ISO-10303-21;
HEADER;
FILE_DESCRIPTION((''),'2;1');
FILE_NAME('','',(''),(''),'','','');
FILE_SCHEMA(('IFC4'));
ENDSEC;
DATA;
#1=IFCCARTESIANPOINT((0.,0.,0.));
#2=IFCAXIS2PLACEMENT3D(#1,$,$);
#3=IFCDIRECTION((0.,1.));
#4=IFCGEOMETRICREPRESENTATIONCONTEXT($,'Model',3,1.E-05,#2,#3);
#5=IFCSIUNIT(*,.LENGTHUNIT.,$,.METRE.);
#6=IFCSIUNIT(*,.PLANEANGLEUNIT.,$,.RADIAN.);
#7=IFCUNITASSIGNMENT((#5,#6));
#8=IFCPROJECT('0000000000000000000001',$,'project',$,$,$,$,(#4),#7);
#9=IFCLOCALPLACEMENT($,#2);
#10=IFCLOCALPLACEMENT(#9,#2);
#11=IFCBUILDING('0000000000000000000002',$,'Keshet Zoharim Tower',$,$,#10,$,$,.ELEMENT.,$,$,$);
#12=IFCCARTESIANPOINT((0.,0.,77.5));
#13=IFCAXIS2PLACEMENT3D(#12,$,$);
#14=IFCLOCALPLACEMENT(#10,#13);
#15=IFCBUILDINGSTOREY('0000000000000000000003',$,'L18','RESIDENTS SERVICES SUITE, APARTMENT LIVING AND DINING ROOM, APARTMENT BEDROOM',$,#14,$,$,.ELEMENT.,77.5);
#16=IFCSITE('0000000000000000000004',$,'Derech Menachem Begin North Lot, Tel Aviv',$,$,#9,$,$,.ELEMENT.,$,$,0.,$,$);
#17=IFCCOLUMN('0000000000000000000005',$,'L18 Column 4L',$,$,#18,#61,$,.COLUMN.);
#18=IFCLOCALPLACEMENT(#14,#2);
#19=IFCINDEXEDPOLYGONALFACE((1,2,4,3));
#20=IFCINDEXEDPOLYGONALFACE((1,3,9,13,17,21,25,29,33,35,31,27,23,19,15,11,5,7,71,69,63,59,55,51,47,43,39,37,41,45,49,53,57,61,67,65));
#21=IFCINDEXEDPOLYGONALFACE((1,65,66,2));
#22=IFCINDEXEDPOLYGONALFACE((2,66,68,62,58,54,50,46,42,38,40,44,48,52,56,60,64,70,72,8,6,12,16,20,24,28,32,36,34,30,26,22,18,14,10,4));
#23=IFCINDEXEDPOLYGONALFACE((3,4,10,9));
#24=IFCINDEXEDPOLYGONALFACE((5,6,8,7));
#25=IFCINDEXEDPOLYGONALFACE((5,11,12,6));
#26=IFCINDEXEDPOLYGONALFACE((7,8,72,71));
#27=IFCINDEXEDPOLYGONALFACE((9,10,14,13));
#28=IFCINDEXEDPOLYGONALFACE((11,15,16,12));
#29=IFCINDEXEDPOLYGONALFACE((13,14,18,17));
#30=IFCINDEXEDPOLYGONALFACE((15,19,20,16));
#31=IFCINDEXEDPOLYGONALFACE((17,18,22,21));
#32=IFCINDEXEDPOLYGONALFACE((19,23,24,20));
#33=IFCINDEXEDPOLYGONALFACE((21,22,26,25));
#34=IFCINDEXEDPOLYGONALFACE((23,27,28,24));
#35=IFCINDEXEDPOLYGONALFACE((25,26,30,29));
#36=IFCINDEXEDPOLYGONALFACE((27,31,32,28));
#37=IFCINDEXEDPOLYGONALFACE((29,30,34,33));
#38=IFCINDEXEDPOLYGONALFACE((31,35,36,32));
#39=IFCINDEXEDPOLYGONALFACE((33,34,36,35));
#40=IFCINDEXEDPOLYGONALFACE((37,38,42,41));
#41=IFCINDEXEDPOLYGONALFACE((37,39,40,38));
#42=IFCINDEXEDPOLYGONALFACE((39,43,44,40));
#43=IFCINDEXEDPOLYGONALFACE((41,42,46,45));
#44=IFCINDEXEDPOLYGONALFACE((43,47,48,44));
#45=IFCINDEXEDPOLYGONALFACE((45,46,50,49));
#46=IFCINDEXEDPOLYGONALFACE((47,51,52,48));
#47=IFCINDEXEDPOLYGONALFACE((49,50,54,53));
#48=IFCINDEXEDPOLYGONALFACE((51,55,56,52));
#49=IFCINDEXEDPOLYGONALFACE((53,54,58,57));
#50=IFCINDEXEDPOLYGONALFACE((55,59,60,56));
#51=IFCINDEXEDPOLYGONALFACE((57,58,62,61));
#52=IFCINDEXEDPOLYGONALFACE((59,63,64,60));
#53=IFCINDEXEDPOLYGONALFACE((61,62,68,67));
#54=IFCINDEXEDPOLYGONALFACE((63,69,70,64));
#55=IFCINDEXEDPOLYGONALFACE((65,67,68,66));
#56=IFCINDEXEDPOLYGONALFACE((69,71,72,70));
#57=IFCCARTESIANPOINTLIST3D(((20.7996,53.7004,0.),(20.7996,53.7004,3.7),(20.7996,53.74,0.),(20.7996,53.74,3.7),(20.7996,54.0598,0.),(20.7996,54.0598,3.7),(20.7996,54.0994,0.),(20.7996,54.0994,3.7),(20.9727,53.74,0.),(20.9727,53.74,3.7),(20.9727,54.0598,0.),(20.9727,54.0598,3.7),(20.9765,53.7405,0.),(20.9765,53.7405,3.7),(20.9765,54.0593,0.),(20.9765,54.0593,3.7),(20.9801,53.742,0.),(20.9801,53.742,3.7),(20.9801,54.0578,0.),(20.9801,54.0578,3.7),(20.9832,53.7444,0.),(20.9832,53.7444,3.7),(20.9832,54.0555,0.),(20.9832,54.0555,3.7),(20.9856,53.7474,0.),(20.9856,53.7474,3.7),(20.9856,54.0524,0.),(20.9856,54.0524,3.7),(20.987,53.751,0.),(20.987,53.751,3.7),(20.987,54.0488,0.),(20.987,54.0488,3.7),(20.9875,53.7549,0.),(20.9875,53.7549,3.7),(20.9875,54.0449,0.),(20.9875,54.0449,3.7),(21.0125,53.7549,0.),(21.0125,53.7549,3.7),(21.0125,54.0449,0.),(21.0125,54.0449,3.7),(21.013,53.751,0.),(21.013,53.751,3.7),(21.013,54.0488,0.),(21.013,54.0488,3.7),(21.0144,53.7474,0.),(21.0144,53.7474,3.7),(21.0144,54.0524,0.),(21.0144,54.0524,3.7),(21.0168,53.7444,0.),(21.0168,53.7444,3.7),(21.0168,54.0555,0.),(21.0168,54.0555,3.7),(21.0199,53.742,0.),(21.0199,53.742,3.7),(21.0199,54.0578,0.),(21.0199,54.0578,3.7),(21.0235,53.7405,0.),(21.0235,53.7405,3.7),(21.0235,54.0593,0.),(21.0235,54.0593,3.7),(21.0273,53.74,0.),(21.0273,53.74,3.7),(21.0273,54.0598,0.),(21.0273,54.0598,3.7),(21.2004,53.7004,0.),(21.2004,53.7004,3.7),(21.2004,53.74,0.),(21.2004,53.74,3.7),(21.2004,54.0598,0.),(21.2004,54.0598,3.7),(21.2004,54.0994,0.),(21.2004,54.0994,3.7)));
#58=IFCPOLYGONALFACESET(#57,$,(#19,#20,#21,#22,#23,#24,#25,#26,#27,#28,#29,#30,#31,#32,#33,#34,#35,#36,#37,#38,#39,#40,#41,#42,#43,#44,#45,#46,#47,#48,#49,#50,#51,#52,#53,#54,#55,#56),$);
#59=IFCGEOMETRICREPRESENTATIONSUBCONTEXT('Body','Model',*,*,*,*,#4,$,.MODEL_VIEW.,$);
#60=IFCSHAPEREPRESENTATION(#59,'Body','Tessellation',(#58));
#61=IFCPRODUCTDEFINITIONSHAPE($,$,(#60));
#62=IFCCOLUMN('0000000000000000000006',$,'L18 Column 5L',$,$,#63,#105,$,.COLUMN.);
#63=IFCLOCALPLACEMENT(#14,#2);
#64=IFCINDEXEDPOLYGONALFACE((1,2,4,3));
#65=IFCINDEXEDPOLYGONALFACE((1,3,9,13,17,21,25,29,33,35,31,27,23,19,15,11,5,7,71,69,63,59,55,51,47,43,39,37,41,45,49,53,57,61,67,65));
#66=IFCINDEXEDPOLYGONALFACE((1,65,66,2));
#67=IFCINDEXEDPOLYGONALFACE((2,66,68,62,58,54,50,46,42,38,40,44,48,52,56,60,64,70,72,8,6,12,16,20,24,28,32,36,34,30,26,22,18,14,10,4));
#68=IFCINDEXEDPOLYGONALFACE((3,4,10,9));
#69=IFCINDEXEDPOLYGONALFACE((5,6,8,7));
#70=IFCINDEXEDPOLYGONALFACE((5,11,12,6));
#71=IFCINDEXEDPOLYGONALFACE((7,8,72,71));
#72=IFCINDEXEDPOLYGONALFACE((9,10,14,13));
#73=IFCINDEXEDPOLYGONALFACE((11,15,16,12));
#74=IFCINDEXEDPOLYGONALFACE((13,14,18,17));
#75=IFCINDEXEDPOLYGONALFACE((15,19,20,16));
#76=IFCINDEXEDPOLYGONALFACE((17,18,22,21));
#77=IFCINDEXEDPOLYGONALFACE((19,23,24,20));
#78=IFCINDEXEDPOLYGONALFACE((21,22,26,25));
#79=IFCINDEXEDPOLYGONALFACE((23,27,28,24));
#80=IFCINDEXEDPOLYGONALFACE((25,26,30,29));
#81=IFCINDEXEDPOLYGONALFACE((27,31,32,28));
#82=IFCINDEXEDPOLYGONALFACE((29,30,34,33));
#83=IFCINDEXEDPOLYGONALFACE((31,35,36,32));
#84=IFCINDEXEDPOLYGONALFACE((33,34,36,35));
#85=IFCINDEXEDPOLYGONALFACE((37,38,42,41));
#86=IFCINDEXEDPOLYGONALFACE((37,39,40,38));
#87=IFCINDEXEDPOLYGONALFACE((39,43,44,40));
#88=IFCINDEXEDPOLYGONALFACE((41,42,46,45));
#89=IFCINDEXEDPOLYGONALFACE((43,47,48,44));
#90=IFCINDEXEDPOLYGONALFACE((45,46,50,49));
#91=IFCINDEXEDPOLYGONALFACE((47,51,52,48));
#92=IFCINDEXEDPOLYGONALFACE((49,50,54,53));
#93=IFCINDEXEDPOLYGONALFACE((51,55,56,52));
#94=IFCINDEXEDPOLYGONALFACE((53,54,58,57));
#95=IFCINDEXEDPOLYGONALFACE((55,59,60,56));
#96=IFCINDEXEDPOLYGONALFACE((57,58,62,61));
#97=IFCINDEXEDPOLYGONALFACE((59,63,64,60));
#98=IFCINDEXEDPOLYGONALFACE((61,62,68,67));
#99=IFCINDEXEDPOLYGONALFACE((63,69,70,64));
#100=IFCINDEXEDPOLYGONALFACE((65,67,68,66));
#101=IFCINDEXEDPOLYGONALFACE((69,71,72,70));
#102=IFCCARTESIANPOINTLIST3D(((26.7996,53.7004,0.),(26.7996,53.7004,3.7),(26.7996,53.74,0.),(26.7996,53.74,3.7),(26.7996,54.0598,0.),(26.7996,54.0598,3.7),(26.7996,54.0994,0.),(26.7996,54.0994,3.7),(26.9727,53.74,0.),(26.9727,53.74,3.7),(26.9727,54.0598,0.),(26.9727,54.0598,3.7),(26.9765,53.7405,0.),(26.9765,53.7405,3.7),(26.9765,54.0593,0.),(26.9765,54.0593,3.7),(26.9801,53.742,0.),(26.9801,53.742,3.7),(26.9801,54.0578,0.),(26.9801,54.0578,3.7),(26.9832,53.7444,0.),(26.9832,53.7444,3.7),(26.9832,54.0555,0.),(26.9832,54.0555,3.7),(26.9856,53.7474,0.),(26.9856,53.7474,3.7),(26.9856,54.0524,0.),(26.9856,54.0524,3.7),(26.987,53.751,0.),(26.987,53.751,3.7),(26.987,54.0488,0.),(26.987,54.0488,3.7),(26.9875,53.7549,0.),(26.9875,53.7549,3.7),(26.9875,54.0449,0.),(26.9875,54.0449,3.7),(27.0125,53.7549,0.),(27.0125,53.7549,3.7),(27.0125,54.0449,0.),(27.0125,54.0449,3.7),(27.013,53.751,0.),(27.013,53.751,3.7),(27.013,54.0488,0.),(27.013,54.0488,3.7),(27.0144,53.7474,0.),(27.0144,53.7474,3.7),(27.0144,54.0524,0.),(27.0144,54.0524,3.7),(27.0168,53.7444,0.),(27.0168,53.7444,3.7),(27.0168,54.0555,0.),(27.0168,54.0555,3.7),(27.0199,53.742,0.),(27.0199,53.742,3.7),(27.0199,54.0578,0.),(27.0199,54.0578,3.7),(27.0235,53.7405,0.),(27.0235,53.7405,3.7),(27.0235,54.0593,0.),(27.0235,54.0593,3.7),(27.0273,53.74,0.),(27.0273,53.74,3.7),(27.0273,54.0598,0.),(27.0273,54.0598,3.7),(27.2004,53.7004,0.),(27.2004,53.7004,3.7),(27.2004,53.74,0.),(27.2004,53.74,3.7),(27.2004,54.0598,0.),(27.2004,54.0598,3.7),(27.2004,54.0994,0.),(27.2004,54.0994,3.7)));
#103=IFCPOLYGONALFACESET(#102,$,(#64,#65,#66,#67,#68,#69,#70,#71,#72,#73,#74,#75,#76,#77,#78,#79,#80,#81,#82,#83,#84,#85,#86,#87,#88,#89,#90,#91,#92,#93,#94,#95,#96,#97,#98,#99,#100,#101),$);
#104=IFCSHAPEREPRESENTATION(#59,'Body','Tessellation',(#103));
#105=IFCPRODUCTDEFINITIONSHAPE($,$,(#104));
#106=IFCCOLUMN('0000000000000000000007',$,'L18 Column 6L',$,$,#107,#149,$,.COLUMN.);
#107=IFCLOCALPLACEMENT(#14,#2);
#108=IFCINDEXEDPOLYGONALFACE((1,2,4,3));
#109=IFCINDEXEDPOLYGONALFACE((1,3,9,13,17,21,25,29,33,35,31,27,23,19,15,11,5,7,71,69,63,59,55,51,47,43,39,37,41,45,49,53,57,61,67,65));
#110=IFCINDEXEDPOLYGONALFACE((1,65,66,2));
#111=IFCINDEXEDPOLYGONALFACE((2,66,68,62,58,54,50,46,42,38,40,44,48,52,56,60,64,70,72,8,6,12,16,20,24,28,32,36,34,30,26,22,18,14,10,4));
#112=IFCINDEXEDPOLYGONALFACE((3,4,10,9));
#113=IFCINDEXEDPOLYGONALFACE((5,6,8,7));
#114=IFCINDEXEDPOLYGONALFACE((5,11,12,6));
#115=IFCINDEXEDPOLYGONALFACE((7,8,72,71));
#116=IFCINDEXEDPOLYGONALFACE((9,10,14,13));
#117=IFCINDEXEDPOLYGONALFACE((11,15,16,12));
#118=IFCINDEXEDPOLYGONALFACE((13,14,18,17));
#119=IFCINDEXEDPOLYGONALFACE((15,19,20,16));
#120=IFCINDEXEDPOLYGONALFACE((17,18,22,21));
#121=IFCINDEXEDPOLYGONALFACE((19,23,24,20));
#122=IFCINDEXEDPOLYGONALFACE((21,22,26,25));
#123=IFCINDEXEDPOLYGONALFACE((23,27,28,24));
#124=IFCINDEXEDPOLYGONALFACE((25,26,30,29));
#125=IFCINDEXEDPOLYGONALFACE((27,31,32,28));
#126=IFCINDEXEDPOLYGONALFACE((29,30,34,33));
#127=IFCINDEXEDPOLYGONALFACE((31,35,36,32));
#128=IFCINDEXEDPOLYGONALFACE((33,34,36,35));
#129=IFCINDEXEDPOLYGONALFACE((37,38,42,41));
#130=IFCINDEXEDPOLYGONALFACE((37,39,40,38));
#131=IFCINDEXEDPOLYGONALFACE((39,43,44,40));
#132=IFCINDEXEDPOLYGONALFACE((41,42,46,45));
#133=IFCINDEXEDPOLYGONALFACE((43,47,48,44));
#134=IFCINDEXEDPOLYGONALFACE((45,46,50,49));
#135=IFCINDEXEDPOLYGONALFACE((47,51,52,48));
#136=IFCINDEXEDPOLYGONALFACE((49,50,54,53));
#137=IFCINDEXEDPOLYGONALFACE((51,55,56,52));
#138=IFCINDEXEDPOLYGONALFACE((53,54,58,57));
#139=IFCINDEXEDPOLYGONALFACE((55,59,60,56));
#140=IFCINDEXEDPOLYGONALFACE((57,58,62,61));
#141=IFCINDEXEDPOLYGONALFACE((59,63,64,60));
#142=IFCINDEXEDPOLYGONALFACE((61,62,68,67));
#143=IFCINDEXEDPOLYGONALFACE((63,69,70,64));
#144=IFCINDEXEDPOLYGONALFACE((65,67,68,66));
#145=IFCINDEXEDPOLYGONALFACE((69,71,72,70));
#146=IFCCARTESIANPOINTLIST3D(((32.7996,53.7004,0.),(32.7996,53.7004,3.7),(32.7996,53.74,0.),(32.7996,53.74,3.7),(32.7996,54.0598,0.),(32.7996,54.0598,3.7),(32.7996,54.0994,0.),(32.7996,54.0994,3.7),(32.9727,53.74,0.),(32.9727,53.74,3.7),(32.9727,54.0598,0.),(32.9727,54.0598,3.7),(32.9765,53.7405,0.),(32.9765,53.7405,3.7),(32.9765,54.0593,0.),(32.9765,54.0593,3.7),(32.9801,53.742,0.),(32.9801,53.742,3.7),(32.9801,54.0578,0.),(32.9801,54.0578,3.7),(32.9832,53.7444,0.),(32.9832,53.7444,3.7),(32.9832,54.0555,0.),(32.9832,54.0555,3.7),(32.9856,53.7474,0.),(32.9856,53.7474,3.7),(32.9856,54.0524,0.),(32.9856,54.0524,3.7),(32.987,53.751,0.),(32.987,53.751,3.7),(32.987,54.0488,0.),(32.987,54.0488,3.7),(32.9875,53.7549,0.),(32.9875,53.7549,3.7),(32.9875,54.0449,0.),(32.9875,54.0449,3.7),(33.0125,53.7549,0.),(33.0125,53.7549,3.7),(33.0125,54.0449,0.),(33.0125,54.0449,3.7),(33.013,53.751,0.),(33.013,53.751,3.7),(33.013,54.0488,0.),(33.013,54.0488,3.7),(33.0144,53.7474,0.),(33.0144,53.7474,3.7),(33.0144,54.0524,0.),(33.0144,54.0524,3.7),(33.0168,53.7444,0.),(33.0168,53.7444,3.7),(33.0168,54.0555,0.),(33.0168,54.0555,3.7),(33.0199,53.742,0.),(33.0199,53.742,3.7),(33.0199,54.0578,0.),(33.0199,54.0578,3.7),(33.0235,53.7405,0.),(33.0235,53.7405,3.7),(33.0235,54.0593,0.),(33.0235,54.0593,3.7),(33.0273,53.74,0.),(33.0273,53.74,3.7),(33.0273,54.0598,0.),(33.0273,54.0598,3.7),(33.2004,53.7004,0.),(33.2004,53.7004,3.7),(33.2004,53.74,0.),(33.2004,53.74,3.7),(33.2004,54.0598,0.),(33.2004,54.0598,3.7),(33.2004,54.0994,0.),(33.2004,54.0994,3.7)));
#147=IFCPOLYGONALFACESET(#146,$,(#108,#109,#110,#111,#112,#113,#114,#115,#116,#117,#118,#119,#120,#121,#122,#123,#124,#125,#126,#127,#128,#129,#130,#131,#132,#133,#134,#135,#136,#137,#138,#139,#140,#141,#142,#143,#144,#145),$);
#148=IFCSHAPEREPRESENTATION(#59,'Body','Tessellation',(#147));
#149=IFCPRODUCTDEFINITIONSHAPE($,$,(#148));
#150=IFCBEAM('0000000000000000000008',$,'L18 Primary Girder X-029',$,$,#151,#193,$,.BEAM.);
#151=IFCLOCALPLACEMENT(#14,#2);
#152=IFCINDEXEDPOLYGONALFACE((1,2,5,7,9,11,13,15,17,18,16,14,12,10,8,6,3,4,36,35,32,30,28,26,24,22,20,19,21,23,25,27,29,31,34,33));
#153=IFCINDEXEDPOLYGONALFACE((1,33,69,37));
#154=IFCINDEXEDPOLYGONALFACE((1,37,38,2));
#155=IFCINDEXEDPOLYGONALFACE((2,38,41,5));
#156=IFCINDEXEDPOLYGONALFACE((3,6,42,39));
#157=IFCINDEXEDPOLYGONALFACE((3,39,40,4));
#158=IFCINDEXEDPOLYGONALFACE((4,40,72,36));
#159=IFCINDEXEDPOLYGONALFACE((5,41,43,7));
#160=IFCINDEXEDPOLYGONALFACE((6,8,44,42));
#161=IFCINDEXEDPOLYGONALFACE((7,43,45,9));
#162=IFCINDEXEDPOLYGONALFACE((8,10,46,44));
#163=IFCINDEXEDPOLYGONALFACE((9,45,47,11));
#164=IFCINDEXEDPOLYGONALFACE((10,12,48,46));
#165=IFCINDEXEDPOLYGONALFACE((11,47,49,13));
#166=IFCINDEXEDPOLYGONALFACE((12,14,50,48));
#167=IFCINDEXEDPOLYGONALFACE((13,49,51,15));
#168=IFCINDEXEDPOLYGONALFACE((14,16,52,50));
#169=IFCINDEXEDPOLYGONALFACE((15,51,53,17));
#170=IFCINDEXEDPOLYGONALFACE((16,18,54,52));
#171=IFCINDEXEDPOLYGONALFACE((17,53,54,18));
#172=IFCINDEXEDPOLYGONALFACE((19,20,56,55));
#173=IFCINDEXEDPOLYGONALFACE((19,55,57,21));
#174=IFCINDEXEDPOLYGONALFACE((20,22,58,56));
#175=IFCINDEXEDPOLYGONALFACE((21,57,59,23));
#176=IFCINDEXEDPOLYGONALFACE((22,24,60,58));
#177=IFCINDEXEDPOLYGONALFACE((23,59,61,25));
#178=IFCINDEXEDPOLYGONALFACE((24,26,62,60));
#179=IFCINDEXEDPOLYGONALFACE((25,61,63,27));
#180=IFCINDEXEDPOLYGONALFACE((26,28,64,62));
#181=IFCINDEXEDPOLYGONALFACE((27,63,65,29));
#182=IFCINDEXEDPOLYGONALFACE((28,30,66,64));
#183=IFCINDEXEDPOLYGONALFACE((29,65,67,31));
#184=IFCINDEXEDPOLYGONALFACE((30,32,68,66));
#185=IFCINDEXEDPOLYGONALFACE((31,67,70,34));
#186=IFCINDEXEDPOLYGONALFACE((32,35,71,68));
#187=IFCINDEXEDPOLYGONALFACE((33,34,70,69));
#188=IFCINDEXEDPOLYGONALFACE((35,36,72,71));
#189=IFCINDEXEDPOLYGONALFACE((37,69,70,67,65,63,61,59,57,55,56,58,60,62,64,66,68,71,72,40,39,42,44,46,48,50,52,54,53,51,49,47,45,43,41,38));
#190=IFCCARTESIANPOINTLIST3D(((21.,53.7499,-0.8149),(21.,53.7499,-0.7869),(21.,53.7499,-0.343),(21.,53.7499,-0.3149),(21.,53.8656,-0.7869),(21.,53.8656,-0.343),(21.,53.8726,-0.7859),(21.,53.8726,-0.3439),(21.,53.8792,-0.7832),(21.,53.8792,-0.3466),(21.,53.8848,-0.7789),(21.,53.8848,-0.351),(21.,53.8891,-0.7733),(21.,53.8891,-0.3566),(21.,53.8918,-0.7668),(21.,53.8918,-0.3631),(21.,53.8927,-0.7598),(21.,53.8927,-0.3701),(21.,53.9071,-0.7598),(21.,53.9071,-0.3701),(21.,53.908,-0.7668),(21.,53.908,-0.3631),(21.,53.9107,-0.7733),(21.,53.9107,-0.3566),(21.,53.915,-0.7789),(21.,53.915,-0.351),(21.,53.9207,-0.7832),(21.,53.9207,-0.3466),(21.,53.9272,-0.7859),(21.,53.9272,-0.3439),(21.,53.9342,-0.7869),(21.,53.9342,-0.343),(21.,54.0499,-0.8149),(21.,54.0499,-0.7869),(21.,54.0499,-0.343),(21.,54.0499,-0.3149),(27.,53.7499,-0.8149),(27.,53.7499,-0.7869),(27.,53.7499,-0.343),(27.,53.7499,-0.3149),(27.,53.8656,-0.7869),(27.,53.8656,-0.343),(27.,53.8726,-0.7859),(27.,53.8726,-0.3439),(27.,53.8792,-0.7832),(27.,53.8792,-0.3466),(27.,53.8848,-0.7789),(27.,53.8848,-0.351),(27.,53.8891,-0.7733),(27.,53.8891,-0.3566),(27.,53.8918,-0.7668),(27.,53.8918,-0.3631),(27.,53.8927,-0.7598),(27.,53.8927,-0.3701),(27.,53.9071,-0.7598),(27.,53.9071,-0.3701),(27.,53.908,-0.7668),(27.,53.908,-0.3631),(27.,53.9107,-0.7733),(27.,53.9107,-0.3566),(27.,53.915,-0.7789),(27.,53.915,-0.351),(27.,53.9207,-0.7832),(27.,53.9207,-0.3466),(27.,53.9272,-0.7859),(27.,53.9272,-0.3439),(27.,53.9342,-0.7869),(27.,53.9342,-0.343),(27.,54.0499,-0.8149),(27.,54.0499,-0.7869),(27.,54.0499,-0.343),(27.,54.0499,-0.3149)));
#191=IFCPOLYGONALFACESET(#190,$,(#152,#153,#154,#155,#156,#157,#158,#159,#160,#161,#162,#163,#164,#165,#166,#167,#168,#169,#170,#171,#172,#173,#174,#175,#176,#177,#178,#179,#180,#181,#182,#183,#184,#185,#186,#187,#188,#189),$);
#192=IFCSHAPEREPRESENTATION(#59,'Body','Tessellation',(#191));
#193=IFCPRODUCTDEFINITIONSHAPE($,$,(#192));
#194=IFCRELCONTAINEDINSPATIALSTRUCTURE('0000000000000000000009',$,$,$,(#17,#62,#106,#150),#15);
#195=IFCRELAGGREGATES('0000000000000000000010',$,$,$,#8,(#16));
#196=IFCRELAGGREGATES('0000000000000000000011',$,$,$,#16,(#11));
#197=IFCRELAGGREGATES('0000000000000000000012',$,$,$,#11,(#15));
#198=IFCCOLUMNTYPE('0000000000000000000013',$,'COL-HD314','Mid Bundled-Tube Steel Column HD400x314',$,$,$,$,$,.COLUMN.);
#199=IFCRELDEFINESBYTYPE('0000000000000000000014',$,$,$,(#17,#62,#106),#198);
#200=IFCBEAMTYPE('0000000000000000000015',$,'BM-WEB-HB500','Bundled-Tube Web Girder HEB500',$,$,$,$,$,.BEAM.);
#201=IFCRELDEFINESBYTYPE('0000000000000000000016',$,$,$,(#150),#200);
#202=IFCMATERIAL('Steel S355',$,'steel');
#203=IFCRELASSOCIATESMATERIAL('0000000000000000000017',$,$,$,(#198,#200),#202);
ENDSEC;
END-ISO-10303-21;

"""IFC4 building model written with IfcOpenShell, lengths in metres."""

from ifc_helpers import new_model, si_unit, direction, frame, origin, origin_2d, place, context, subcontext, project, spatial, i_section, extrude, material, material_profile, profile_set, type_object, element, save


model = new_model("IFC4")

# Units and contexts
model_context = context("Model", 3, precision=1e-05, world=origin(), true_north=direction((0.0, 1.0)))
body_context = subcontext(model_context, "Body", "Model", "MODEL_VIEW")
ifc_project = project(units=[si_unit("LENGTHUNIT", "METRE"), si_unit("PLANEANGLEUNIT", "RADIAN")], contexts=[model_context])

# Site, building, storey
site_placement = place(None, origin())
site = spatial("IfcSite", under=ifc_project, at=site_placement, Name="Derech Menachem Begin North Lot, Tel Aviv", CompositionType="ELEMENT", RefElevation=0.0)
building_placement = place(site_placement, origin())
building = spatial("IfcBuilding", under=site, at=building_placement, Name="Keshet Zoharim Tower", CompositionType="ELEMENT")
storey_placement = place(building_placement, frame((0.0, 0.0, 77.5)))
storey = spatial("IfcBuildingStorey", under=building, at=storey_placement, Name="L18", Description="RESIDENTS SERVICES SUITE, APARTMENT LIVING AND DINING ROOM, APARTMENT BEDROOM", CompositionType="ELEMENT", Elevation=77.5)

# Columns
ifc_material_1 = material(Name="Steel S355", Category="steel")
ifc_material_profile_1 = material_profile(ifc_material_1, i_section(OverallWidth=0.4009, OverallDepth=0.3989, WebThickness=0.0249, FlangeThickness=0.0396, FilletRadius=0.0149, at=origin_2d()), Name="HD400x314")
ifc_profile_set_1 = profile_set([ifc_material_profile_1], Name="Steel S355")
column_type = type_object("IfcColumnType", Name="COL-HD314", Description="Mid Bundled-Tube Steel Column HD400x314", PredefinedType="COLUMN", material=ifc_profile_set_1)
for number, where, z_axis, x_axis, name in (
    (1, (21.0, 53.8999, 0.0), (0.0, 0.0, 1.0), (1.0, 0.0, 0.0), "L18 Column 4L"),
    (2, (27.0, 53.8999, 0.0), (0.0, 0.0, 1.0), (1.0, 0.0, 0.0), "L18 Column 5L"),
    (3, (33.0, 53.8999, 0.0), (0.0, 0.0, 1.0), (1.0, 0.0, 0.0), "L18 Column 6L"),
):
    element("IfcColumn", number, at=place(storey_placement, frame(where, z_axis=z_axis, x_axis=x_axis)), inside=storey, type_object=column_type, Name=name, PredefinedType="COLUMN", context=body_context, shape_type="SweptSolid", body=[
        extrude(i_section(OverallWidth=0.4009, OverallDepth=0.3989, WebThickness=0.0249, FlangeThickness=0.0396, FilletRadius=0.0149, at=origin_2d()), origin(), (0.0, 0.0, 1.0), 3.7),
    ])

# Beam
ifc_material_profile_2 = material_profile(ifc_material_1, i_section(OverallWidth=0.3, OverallDepth=0.5, WebThickness=0.0144, FlangeThickness=0.0281, FilletRadius=0.0271, at=origin_2d()), Name="HEB500")
ifc_profile_set_2 = profile_set([ifc_material_profile_2], Name="Steel S355")
beam_type = type_object("IfcBeamType", Name="BM-WEB-HB500", Description="Bundled-Tube Web Girder HEB500", PredefinedType="BEAM", material=ifc_profile_set_2)
for number, where, z_axis, x_axis, name in (
    (4, (21.0, 53.8999, -0.5649), (1.0, 0.0, 0.0), (0.0, 1.0, 0.0), "L18 Primary Girder X-029"),
):
    element("IfcBeam", number, at=place(storey_placement, frame(where, z_axis=z_axis, x_axis=x_axis)), inside=storey, type_object=beam_type, Name=name, PredefinedType="BEAM", context=body_context, shape_type="SweptSolid", body=[
        extrude(i_section(OverallWidth=0.3, OverallDepth=0.5, WebThickness=0.0144, FlangeThickness=0.0281, FilletRadius=0.0271, at=origin_2d()), origin(), (0.0, 0.0, 1.0), 6.0),
    ])

save(model, "model.ifc")
